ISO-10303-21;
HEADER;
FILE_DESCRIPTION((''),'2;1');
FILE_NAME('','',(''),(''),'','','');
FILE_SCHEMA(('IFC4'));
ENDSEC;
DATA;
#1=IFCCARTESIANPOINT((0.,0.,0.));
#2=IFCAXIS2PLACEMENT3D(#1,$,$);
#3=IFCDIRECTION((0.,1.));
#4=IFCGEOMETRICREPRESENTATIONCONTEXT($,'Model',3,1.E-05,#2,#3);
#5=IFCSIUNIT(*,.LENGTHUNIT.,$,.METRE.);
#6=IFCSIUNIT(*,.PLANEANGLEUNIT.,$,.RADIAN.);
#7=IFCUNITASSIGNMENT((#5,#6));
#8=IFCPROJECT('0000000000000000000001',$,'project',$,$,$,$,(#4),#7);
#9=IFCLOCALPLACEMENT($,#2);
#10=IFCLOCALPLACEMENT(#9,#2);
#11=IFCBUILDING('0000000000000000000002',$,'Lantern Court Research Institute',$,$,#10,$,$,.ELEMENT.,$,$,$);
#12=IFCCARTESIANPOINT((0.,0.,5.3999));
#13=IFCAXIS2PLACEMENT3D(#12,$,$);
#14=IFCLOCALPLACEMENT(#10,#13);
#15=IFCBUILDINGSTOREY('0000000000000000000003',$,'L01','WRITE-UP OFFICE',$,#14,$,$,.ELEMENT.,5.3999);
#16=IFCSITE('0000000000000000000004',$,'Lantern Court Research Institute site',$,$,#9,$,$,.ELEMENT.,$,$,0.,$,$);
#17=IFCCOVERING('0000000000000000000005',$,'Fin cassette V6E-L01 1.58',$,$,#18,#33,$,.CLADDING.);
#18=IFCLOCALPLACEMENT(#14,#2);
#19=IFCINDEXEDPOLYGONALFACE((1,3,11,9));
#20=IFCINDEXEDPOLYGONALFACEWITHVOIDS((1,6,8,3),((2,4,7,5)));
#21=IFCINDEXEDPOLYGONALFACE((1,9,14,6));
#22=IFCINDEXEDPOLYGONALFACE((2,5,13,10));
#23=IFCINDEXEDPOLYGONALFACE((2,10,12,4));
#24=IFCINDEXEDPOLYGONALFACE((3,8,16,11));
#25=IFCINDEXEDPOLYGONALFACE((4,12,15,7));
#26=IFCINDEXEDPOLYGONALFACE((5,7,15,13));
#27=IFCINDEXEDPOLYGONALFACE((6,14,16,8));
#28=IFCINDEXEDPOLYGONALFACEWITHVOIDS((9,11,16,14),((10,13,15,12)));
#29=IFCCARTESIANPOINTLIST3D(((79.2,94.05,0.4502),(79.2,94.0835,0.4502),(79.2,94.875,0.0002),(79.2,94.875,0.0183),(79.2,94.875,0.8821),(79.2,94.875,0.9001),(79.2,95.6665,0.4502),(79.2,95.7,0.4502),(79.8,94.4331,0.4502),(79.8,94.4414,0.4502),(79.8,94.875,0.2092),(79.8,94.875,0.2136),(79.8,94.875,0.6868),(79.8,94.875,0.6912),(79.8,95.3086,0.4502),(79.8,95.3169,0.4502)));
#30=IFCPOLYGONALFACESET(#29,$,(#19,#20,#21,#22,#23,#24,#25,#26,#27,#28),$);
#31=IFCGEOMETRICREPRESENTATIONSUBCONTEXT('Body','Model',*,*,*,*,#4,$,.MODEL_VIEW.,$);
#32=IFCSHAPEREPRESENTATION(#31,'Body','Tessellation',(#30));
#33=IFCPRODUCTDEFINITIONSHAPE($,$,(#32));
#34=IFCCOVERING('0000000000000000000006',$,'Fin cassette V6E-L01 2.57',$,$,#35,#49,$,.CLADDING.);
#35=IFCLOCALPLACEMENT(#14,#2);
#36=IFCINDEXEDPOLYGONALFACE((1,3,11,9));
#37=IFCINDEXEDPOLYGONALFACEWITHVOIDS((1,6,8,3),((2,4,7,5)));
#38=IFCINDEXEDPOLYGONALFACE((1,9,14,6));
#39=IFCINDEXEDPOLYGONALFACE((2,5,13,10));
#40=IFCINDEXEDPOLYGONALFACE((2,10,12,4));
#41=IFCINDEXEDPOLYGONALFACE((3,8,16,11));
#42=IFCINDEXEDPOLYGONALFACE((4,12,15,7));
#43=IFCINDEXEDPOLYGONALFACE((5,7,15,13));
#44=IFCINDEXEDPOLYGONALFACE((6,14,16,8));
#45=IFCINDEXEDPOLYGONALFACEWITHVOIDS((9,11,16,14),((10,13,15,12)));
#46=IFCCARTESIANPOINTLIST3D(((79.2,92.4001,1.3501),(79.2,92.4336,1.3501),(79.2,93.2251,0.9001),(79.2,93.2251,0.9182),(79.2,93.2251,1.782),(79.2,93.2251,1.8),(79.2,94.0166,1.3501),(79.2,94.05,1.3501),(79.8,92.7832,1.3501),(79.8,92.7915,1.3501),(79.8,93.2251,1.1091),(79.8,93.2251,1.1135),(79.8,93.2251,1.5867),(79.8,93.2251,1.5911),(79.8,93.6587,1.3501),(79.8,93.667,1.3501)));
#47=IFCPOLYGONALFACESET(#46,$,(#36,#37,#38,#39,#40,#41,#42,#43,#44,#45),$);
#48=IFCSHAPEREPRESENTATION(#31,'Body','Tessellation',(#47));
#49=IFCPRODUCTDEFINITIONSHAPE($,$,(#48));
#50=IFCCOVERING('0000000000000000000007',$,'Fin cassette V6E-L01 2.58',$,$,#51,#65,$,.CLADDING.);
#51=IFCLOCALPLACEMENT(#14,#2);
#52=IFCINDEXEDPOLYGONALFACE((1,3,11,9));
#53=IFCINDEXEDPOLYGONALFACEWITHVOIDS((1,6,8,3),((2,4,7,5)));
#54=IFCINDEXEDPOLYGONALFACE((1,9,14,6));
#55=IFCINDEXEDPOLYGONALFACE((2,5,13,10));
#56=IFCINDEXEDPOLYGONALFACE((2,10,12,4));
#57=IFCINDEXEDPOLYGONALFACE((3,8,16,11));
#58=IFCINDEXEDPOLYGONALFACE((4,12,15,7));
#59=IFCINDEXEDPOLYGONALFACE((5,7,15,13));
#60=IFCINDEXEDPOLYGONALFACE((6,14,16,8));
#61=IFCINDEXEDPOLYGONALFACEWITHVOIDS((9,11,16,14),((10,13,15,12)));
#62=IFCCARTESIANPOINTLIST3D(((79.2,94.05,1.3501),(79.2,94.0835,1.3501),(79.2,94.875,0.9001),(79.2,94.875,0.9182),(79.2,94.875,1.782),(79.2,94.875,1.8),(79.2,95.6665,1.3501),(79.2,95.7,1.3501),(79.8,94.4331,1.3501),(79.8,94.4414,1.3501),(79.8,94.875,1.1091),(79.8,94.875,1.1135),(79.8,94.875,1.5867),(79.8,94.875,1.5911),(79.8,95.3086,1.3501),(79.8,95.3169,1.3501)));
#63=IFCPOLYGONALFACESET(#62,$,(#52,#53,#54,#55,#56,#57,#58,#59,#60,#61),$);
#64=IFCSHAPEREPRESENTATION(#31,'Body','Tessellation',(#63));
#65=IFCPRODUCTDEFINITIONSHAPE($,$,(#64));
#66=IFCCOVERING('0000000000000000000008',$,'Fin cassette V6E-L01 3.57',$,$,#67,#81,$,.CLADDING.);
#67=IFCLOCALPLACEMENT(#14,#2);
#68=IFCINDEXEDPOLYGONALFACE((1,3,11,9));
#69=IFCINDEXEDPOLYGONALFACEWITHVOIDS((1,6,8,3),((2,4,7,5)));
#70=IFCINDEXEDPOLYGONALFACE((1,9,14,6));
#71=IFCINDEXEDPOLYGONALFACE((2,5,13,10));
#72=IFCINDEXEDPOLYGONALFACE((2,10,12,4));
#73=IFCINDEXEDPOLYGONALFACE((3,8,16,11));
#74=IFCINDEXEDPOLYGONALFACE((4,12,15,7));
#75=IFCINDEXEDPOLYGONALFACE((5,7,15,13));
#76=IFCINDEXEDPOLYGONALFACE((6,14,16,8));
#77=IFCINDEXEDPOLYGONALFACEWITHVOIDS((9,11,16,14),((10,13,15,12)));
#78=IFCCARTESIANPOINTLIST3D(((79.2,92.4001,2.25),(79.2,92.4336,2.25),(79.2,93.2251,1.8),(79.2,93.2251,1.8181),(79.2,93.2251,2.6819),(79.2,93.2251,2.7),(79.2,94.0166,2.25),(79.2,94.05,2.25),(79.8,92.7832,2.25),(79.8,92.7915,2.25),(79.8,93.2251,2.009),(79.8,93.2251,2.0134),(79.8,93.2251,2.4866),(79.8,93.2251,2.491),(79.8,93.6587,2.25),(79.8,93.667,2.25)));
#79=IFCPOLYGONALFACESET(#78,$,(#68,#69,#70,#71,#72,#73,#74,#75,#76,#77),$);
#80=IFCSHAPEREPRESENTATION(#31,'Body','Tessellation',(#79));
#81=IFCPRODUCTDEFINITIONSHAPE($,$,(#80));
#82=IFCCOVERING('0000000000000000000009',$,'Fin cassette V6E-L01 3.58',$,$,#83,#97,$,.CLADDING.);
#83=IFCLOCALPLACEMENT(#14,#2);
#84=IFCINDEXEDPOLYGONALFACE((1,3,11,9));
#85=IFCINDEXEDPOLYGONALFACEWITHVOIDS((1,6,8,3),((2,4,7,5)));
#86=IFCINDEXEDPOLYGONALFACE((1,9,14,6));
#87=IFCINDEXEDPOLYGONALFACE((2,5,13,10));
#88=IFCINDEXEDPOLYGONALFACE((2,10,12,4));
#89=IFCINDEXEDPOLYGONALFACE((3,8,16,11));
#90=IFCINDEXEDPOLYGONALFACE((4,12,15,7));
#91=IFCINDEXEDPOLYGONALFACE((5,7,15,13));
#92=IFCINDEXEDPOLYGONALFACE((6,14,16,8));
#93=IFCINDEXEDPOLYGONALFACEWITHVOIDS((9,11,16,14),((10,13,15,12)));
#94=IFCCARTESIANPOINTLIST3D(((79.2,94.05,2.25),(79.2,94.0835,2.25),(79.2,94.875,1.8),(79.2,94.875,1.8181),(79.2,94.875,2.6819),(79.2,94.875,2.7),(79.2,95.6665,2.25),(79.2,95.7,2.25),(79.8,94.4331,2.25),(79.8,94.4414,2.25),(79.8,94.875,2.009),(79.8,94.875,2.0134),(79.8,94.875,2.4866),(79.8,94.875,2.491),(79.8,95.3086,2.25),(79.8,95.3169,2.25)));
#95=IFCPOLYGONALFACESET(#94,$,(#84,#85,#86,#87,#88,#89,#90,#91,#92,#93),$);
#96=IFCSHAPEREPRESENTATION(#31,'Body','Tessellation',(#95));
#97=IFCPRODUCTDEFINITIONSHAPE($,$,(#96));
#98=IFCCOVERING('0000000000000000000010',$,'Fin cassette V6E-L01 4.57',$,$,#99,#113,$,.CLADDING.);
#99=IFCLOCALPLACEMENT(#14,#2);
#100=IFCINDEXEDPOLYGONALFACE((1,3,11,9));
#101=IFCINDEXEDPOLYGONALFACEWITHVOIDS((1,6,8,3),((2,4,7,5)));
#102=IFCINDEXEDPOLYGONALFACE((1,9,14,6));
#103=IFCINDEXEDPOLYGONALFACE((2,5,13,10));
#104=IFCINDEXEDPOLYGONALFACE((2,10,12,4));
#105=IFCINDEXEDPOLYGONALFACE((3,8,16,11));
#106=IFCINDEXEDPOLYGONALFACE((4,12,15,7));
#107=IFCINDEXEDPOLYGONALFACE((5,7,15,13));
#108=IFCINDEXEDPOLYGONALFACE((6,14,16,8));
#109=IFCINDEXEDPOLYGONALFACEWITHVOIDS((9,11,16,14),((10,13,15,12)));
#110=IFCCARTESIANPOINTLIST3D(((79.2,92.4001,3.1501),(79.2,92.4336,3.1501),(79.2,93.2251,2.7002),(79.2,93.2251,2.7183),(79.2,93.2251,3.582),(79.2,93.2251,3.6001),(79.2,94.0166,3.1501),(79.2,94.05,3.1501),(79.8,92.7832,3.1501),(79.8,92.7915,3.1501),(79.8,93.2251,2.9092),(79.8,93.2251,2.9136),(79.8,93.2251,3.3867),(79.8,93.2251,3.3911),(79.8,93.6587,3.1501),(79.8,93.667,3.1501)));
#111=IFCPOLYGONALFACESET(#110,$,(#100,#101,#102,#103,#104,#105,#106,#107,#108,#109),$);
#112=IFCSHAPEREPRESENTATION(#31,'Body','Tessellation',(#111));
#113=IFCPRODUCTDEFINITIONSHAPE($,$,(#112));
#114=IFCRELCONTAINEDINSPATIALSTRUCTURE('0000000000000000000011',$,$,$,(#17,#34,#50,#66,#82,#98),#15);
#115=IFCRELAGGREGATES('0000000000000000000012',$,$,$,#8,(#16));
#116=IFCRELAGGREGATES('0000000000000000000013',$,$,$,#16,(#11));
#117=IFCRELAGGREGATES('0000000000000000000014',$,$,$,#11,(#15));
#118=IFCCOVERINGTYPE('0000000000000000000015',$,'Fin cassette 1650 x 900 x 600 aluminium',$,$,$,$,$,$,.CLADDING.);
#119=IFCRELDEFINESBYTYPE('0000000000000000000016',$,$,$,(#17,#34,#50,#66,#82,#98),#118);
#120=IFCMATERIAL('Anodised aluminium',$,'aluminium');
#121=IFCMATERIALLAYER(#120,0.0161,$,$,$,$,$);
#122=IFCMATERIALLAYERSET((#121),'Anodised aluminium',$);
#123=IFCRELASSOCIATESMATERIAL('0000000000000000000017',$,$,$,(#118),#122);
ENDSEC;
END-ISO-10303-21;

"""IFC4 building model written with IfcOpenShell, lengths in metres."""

from ifc_helpers import new_model, entity, si_unit, direction, frame, origin, place, context, subcontext, project, spatial, material, layer, layer_set, type_object, element, save


model = new_model("IFC4")

# Units and contexts
model_context = context("Model", 3, precision=1e-05, world=origin(), true_north=direction((0.0, 1.0)))
body_context = subcontext(model_context, "Body", "Model", "MODEL_VIEW")
ifc_project = project(units=[si_unit("LENGTHUNIT", "METRE"), si_unit("PLANEANGLEUNIT", "RADIAN")], contexts=[model_context])

# Site, building, storey
site_placement = place(None, origin())
site = spatial("IfcSite", under=ifc_project, at=site_placement, Name="Lantern Court Research Institute site", CompositionType="ELEMENT", RefElevation=0.0)
building_placement = place(site_placement, origin())
building = spatial("IfcBuilding", under=site, at=building_placement, Name="Lantern Court Research Institute", CompositionType="ELEMENT")
storey_placement = place(building_placement, frame((0.0, 0.0, 5.3999)))
storey = spatial("IfcBuildingStorey", under=building, at=storey_placement, Name="L01", Description="WRITE-UP OFFICE", CompositionType="ELEMENT", Elevation=5.3999)

# Coverings
ifc_material_1 = material(Name="Anodised aluminium", Category="aluminium")
ifc_layer_1 = layer(ifc_material_1, 0.0161)
ifc_layer_set_1 = layer_set([ifc_layer_1], Name="Anodised aluminium")
covering_type_1 = type_object("IfcCoveringType", Name="Fin cassette 1650 x 900 x 600 aluminium", PredefinedType="CLADDING", material=ifc_layer_set_1)
covering_1_placement = place(storey_placement, frame((79.2, 94.875, 0.4502), z_axis=(1.0, 0.0, 0.0), x_axis=(0.0, 1.0, 0.0)))
cartesian_point_1 = entity("IfcCartesianPoint", [0.825, 0.0])
cartesian_point_2 = entity("IfcCartesianPoint", [0.7915, 0.0])
cartesian_point_3 = entity("IfcCartesianPoint", [0.4419, 0.0])
cartesian_point_4 = entity("IfcCartesianPoint", [0.4336, 0.0])
element("IfcCovering", 1, at=covering_1_placement, inside=storey, type_object=covering_type_1, Name="Fin cassette V6E-L01 1.58", PredefinedType="CLADDING", context=body_context, shape_type="SweptSolid", body=[
    entity("IfcExtrudedAreaSolidTapered", entity("IfcArbitraryProfileDefWithVoids", "AREA", None, entity("IfcPolyline", [cartesian_point_1, entity("IfcCartesianPoint", [0.0, 0.45]), entity("IfcCartesianPoint", [-0.825, 0.0]), entity("IfcCartesianPoint", [0.0, -0.45]), cartesian_point_1]), [entity("IfcPolyline", [cartesian_point_2, entity("IfcCartesianPoint", [0.0, 0.4319]), entity("IfcCartesianPoint", [-0.7915, 0.0]), entity("IfcCartesianPoint", [0.0, -0.4319]), cartesian_point_2])]), entity("IfcAxis2Placement3D", entity("IfcCartesianPoint", [0.0, 0.0, 0.0])), entity("IfcDirection", [0.0, 0.0, 1.0]), 0.6001, entity("IfcArbitraryProfileDefWithVoids", "AREA", None, entity("IfcPolyline", [cartesian_point_3, entity("IfcCartesianPoint", [0.0, 0.241]), entity("IfcCartesianPoint", [-0.4419, 0.0]), entity("IfcCartesianPoint", [0.0, -0.241]), cartesian_point_3]), [entity("IfcPolyline", [cartesian_point_4, entity("IfcCartesianPoint", [0.0, 0.2366]), entity("IfcCartesianPoint", [-0.4336, 0.0]), entity("IfcCartesianPoint", [0.0, -0.2366]), cartesian_point_4])])),
])
covering_2_placement = place(storey_placement, frame((79.2, 93.2251, 1.3501), z_axis=(1.0, 0.0, 0.0), x_axis=(0.0, 1.0, 0.0)))
cartesian_point_5 = entity("IfcCartesianPoint", [0.825, 0.0])
cartesian_point_6 = entity("IfcCartesianPoint", [0.7915, 0.0])
cartesian_point_7 = entity("IfcCartesianPoint", [0.4419, 0.0])
cartesian_point_8 = entity("IfcCartesianPoint", [0.4336, 0.0])
element("IfcCovering", 2, at=covering_2_placement, inside=storey, type_object=covering_type_1, Name="Fin cassette V6E-L01 2.57", PredefinedType="CLADDING", context=body_context, shape_type="SweptSolid", body=[
    entity("IfcExtrudedAreaSolidTapered", entity("IfcArbitraryProfileDefWithVoids", "AREA", None, entity("IfcPolyline", [cartesian_point_5, entity("IfcCartesianPoint", [0.0, 0.45]), entity("IfcCartesianPoint", [-0.825, 0.0]), entity("IfcCartesianPoint", [0.0, -0.45]), cartesian_point_5]), [entity("IfcPolyline", [cartesian_point_6, entity("IfcCartesianPoint", [0.0, 0.4319]), entity("IfcCartesianPoint", [-0.7915, 0.0]), entity("IfcCartesianPoint", [0.0, -0.4319]), cartesian_point_6])]), entity("IfcAxis2Placement3D", entity("IfcCartesianPoint", [0.0, 0.0, 0.0])), entity("IfcDirection", [0.0, 0.0, 1.0]), 0.6001, entity("IfcArbitraryProfileDefWithVoids", "AREA", None, entity("IfcPolyline", [cartesian_point_7, entity("IfcCartesianPoint", [0.0, 0.241]), entity("IfcCartesianPoint", [-0.4419, 0.0]), entity("IfcCartesianPoint", [0.0, -0.241]), cartesian_point_7]), [entity("IfcPolyline", [cartesian_point_8, entity("IfcCartesianPoint", [0.0, 0.2366]), entity("IfcCartesianPoint", [-0.4336, 0.0]), entity("IfcCartesianPoint", [0.0, -0.2366]), cartesian_point_8])])),
])
covering_3_placement = place(storey_placement, frame((79.2, 94.875, 1.3501), z_axis=(1.0, 0.0, 0.0), x_axis=(0.0, 1.0, 0.0)))
cartesian_point_9 = entity("IfcCartesianPoint", [0.825, 0.0])
cartesian_point_10 = entity("IfcCartesianPoint", [0.7915, 0.0])
cartesian_point_11 = entity("IfcCartesianPoint", [0.4419, 0.0])
cartesian_point_12 = entity("IfcCartesianPoint", [0.4336, 0.0])
element("IfcCovering", 3, at=covering_3_placement, inside=storey, type_object=covering_type_1, Name="Fin cassette V6E-L01 2.58", PredefinedType="CLADDING", context=body_context, shape_type="SweptSolid", body=[
    entity("IfcExtrudedAreaSolidTapered", entity("IfcArbitraryProfileDefWithVoids", "AREA", None, entity("IfcPolyline", [cartesian_point_9, entity("IfcCartesianPoint", [0.0, 0.45]), entity("IfcCartesianPoint", [-0.825, 0.0]), entity("IfcCartesianPoint", [0.0, -0.45]), cartesian_point_9]), [entity("IfcPolyline", [cartesian_point_10, entity("IfcCartesianPoint", [0.0, 0.4319]), entity("IfcCartesianPoint", [-0.7915, 0.0]), entity("IfcCartesianPoint", [0.0, -0.4319]), cartesian_point_10])]), entity("IfcAxis2Placement3D", entity("IfcCartesianPoint", [0.0, 0.0, 0.0])), entity("IfcDirection", [0.0, 0.0, 1.0]), 0.6001, entity("IfcArbitraryProfileDefWithVoids", "AREA", None, entity("IfcPolyline", [cartesian_point_11, entity("IfcCartesianPoint", [0.0, 0.241]), entity("IfcCartesianPoint", [-0.4419, 0.0]), entity("IfcCartesianPoint", [0.0, -0.241]), cartesian_point_11]), [entity("IfcPolyline", [cartesian_point_12, entity("IfcCartesianPoint", [0.0, 0.2366]), entity("IfcCartesianPoint", [-0.4336, 0.0]), entity("IfcCartesianPoint", [0.0, -0.2366]), cartesian_point_12])])),
])
covering_4_placement = place(storey_placement, frame((79.2, 93.2251, 2.25), z_axis=(1.0, 0.0, 0.0), x_axis=(0.0, 1.0, 0.0)))
cartesian_point_13 = entity("IfcCartesianPoint", [0.825, 0.0])
cartesian_point_14 = entity("IfcCartesianPoint", [0.7915, 0.0])
cartesian_point_15 = entity("IfcCartesianPoint", [0.4419, 0.0])
cartesian_point_16 = entity("IfcCartesianPoint", [0.4336, 0.0])
element("IfcCovering", 4, at=covering_4_placement, inside=storey, type_object=covering_type_1, Name="Fin cassette V6E-L01 3.57", PredefinedType="CLADDING", context=body_context, shape_type="SweptSolid", body=[
    entity("IfcExtrudedAreaSolidTapered", entity("IfcArbitraryProfileDefWithVoids", "AREA", None, entity("IfcPolyline", [cartesian_point_13, entity("IfcCartesianPoint", [0.0, 0.45]), entity("IfcCartesianPoint", [-0.825, 0.0]), entity("IfcCartesianPoint", [0.0, -0.45]), cartesian_point_13]), [entity("IfcPolyline", [cartesian_point_14, entity("IfcCartesianPoint", [0.0, 0.4319]), entity("IfcCartesianPoint", [-0.7915, 0.0]), entity("IfcCartesianPoint", [0.0, -0.4319]), cartesian_point_14])]), entity("IfcAxis2Placement3D", entity("IfcCartesianPoint", [0.0, 0.0, 0.0])), entity("IfcDirection", [0.0, 0.0, 1.0]), 0.6001, entity("IfcArbitraryProfileDefWithVoids", "AREA", None, entity("IfcPolyline", [cartesian_point_15, entity("IfcCartesianPoint", [0.0, 0.241]), entity("IfcCartesianPoint", [-0.4419, 0.0]), entity("IfcCartesianPoint", [0.0, -0.241]), cartesian_point_15]), [entity("IfcPolyline", [cartesian_point_16, entity("IfcCartesianPoint", [0.0, 0.2366]), entity("IfcCartesianPoint", [-0.4336, 0.0]), entity("IfcCartesianPoint", [0.0, -0.2366]), cartesian_point_16])])),
])
covering_5_placement = place(storey_placement, frame((79.2, 94.875, 2.25), z_axis=(1.0, 0.0, 0.0), x_axis=(0.0, 1.0, 0.0)))
cartesian_point_17 = entity("IfcCartesianPoint", [0.825, 0.0])
cartesian_point_18 = entity("IfcCartesianPoint", [0.7915, 0.0])
cartesian_point_19 = entity("IfcCartesianPoint", [0.4419, 0.0])
cartesian_point_20 = entity("IfcCartesianPoint", [0.4336, 0.0])
element("IfcCovering", 5, at=covering_5_placement, inside=storey, type_object=covering_type_1, Name="Fin cassette V6E-L01 3.58", PredefinedType="CLADDING", context=body_context, shape_type="SweptSolid", body=[
    entity("IfcExtrudedAreaSolidTapered", entity("IfcArbitraryProfileDefWithVoids", "AREA", None, entity("IfcPolyline", [cartesian_point_17, entity("IfcCartesianPoint", [0.0, 0.45]), entity("IfcCartesianPoint", [-0.825, 0.0]), entity("IfcCartesianPoint", [0.0, -0.45]), cartesian_point_17]), [entity("IfcPolyline", [cartesian_point_18, entity("IfcCartesianPoint", [0.0, 0.4319]), entity("IfcCartesianPoint", [-0.7915, 0.0]), entity("IfcCartesianPoint", [0.0, -0.4319]), cartesian_point_18])]), entity("IfcAxis2Placement3D", entity("IfcCartesianPoint", [0.0, 0.0, 0.0])), entity("IfcDirection", [0.0, 0.0, 1.0]), 0.6001, entity("IfcArbitraryProfileDefWithVoids", "AREA", None, entity("IfcPolyline", [cartesian_point_19, entity("IfcCartesianPoint", [0.0, 0.241]), entity("IfcCartesianPoint", [-0.4419, 0.0]), entity("IfcCartesianPoint", [0.0, -0.241]), cartesian_point_19]), [entity("IfcPolyline", [cartesian_point_20, entity("IfcCartesianPoint", [0.0, 0.2366]), entity("IfcCartesianPoint", [-0.4336, 0.0]), entity("IfcCartesianPoint", [0.0, -0.2366]), cartesian_point_20])])),
])
covering_6_placement = place(storey_placement, frame((79.2, 93.2251, 3.1501), z_axis=(1.0, 0.0, 0.0), x_axis=(0.0, 1.0, 0.0)))
cartesian_point_21 = entity("IfcCartesianPoint", [0.825, 0.0])
cartesian_point_22 = entity("IfcCartesianPoint", [0.7915, 0.0])
cartesian_point_23 = entity("IfcCartesianPoint", [0.4419, 0.0])
cartesian_point_24 = entity("IfcCartesianPoint", [0.4336, 0.0])
element("IfcCovering", 6, at=covering_6_placement, inside=storey, type_object=covering_type_1, Name="Fin cassette V6E-L01 4.57", PredefinedType="CLADDING", context=body_context, shape_type="SweptSolid", body=[
    entity("IfcExtrudedAreaSolidTapered", entity("IfcArbitraryProfileDefWithVoids", "AREA", None, entity("IfcPolyline", [cartesian_point_21, entity("IfcCartesianPoint", [0.0, 0.45]), entity("IfcCartesianPoint", [-0.825, 0.0]), entity("IfcCartesianPoint", [0.0, -0.45]), cartesian_point_21]), [entity("IfcPolyline", [cartesian_point_22, entity("IfcCartesianPoint", [0.0, 0.4319]), entity("IfcCartesianPoint", [-0.7915, 0.0]), entity("IfcCartesianPoint", [0.0, -0.4319]), cartesian_point_22])]), entity("IfcAxis2Placement3D", entity("IfcCartesianPoint", [0.0, 0.0, 0.0])), entity("IfcDirection", [0.0, 0.0, 1.0]), 0.6001, entity("IfcArbitraryProfileDefWithVoids", "AREA", None, entity("IfcPolyline", [cartesian_point_23, entity("IfcCartesianPoint", [0.0, 0.241]), entity("IfcCartesianPoint", [-0.4419, 0.0]), entity("IfcCartesianPoint", [0.0, -0.241]), cartesian_point_23]), [entity("IfcPolyline", [cartesian_point_24, entity("IfcCartesianPoint", [0.0, 0.2366]), entity("IfcCartesianPoint", [-0.4336, 0.0]), entity("IfcCartesianPoint", [0.0, -0.2366]), cartesian_point_24])])),
])

save(model, "model.ifc")
